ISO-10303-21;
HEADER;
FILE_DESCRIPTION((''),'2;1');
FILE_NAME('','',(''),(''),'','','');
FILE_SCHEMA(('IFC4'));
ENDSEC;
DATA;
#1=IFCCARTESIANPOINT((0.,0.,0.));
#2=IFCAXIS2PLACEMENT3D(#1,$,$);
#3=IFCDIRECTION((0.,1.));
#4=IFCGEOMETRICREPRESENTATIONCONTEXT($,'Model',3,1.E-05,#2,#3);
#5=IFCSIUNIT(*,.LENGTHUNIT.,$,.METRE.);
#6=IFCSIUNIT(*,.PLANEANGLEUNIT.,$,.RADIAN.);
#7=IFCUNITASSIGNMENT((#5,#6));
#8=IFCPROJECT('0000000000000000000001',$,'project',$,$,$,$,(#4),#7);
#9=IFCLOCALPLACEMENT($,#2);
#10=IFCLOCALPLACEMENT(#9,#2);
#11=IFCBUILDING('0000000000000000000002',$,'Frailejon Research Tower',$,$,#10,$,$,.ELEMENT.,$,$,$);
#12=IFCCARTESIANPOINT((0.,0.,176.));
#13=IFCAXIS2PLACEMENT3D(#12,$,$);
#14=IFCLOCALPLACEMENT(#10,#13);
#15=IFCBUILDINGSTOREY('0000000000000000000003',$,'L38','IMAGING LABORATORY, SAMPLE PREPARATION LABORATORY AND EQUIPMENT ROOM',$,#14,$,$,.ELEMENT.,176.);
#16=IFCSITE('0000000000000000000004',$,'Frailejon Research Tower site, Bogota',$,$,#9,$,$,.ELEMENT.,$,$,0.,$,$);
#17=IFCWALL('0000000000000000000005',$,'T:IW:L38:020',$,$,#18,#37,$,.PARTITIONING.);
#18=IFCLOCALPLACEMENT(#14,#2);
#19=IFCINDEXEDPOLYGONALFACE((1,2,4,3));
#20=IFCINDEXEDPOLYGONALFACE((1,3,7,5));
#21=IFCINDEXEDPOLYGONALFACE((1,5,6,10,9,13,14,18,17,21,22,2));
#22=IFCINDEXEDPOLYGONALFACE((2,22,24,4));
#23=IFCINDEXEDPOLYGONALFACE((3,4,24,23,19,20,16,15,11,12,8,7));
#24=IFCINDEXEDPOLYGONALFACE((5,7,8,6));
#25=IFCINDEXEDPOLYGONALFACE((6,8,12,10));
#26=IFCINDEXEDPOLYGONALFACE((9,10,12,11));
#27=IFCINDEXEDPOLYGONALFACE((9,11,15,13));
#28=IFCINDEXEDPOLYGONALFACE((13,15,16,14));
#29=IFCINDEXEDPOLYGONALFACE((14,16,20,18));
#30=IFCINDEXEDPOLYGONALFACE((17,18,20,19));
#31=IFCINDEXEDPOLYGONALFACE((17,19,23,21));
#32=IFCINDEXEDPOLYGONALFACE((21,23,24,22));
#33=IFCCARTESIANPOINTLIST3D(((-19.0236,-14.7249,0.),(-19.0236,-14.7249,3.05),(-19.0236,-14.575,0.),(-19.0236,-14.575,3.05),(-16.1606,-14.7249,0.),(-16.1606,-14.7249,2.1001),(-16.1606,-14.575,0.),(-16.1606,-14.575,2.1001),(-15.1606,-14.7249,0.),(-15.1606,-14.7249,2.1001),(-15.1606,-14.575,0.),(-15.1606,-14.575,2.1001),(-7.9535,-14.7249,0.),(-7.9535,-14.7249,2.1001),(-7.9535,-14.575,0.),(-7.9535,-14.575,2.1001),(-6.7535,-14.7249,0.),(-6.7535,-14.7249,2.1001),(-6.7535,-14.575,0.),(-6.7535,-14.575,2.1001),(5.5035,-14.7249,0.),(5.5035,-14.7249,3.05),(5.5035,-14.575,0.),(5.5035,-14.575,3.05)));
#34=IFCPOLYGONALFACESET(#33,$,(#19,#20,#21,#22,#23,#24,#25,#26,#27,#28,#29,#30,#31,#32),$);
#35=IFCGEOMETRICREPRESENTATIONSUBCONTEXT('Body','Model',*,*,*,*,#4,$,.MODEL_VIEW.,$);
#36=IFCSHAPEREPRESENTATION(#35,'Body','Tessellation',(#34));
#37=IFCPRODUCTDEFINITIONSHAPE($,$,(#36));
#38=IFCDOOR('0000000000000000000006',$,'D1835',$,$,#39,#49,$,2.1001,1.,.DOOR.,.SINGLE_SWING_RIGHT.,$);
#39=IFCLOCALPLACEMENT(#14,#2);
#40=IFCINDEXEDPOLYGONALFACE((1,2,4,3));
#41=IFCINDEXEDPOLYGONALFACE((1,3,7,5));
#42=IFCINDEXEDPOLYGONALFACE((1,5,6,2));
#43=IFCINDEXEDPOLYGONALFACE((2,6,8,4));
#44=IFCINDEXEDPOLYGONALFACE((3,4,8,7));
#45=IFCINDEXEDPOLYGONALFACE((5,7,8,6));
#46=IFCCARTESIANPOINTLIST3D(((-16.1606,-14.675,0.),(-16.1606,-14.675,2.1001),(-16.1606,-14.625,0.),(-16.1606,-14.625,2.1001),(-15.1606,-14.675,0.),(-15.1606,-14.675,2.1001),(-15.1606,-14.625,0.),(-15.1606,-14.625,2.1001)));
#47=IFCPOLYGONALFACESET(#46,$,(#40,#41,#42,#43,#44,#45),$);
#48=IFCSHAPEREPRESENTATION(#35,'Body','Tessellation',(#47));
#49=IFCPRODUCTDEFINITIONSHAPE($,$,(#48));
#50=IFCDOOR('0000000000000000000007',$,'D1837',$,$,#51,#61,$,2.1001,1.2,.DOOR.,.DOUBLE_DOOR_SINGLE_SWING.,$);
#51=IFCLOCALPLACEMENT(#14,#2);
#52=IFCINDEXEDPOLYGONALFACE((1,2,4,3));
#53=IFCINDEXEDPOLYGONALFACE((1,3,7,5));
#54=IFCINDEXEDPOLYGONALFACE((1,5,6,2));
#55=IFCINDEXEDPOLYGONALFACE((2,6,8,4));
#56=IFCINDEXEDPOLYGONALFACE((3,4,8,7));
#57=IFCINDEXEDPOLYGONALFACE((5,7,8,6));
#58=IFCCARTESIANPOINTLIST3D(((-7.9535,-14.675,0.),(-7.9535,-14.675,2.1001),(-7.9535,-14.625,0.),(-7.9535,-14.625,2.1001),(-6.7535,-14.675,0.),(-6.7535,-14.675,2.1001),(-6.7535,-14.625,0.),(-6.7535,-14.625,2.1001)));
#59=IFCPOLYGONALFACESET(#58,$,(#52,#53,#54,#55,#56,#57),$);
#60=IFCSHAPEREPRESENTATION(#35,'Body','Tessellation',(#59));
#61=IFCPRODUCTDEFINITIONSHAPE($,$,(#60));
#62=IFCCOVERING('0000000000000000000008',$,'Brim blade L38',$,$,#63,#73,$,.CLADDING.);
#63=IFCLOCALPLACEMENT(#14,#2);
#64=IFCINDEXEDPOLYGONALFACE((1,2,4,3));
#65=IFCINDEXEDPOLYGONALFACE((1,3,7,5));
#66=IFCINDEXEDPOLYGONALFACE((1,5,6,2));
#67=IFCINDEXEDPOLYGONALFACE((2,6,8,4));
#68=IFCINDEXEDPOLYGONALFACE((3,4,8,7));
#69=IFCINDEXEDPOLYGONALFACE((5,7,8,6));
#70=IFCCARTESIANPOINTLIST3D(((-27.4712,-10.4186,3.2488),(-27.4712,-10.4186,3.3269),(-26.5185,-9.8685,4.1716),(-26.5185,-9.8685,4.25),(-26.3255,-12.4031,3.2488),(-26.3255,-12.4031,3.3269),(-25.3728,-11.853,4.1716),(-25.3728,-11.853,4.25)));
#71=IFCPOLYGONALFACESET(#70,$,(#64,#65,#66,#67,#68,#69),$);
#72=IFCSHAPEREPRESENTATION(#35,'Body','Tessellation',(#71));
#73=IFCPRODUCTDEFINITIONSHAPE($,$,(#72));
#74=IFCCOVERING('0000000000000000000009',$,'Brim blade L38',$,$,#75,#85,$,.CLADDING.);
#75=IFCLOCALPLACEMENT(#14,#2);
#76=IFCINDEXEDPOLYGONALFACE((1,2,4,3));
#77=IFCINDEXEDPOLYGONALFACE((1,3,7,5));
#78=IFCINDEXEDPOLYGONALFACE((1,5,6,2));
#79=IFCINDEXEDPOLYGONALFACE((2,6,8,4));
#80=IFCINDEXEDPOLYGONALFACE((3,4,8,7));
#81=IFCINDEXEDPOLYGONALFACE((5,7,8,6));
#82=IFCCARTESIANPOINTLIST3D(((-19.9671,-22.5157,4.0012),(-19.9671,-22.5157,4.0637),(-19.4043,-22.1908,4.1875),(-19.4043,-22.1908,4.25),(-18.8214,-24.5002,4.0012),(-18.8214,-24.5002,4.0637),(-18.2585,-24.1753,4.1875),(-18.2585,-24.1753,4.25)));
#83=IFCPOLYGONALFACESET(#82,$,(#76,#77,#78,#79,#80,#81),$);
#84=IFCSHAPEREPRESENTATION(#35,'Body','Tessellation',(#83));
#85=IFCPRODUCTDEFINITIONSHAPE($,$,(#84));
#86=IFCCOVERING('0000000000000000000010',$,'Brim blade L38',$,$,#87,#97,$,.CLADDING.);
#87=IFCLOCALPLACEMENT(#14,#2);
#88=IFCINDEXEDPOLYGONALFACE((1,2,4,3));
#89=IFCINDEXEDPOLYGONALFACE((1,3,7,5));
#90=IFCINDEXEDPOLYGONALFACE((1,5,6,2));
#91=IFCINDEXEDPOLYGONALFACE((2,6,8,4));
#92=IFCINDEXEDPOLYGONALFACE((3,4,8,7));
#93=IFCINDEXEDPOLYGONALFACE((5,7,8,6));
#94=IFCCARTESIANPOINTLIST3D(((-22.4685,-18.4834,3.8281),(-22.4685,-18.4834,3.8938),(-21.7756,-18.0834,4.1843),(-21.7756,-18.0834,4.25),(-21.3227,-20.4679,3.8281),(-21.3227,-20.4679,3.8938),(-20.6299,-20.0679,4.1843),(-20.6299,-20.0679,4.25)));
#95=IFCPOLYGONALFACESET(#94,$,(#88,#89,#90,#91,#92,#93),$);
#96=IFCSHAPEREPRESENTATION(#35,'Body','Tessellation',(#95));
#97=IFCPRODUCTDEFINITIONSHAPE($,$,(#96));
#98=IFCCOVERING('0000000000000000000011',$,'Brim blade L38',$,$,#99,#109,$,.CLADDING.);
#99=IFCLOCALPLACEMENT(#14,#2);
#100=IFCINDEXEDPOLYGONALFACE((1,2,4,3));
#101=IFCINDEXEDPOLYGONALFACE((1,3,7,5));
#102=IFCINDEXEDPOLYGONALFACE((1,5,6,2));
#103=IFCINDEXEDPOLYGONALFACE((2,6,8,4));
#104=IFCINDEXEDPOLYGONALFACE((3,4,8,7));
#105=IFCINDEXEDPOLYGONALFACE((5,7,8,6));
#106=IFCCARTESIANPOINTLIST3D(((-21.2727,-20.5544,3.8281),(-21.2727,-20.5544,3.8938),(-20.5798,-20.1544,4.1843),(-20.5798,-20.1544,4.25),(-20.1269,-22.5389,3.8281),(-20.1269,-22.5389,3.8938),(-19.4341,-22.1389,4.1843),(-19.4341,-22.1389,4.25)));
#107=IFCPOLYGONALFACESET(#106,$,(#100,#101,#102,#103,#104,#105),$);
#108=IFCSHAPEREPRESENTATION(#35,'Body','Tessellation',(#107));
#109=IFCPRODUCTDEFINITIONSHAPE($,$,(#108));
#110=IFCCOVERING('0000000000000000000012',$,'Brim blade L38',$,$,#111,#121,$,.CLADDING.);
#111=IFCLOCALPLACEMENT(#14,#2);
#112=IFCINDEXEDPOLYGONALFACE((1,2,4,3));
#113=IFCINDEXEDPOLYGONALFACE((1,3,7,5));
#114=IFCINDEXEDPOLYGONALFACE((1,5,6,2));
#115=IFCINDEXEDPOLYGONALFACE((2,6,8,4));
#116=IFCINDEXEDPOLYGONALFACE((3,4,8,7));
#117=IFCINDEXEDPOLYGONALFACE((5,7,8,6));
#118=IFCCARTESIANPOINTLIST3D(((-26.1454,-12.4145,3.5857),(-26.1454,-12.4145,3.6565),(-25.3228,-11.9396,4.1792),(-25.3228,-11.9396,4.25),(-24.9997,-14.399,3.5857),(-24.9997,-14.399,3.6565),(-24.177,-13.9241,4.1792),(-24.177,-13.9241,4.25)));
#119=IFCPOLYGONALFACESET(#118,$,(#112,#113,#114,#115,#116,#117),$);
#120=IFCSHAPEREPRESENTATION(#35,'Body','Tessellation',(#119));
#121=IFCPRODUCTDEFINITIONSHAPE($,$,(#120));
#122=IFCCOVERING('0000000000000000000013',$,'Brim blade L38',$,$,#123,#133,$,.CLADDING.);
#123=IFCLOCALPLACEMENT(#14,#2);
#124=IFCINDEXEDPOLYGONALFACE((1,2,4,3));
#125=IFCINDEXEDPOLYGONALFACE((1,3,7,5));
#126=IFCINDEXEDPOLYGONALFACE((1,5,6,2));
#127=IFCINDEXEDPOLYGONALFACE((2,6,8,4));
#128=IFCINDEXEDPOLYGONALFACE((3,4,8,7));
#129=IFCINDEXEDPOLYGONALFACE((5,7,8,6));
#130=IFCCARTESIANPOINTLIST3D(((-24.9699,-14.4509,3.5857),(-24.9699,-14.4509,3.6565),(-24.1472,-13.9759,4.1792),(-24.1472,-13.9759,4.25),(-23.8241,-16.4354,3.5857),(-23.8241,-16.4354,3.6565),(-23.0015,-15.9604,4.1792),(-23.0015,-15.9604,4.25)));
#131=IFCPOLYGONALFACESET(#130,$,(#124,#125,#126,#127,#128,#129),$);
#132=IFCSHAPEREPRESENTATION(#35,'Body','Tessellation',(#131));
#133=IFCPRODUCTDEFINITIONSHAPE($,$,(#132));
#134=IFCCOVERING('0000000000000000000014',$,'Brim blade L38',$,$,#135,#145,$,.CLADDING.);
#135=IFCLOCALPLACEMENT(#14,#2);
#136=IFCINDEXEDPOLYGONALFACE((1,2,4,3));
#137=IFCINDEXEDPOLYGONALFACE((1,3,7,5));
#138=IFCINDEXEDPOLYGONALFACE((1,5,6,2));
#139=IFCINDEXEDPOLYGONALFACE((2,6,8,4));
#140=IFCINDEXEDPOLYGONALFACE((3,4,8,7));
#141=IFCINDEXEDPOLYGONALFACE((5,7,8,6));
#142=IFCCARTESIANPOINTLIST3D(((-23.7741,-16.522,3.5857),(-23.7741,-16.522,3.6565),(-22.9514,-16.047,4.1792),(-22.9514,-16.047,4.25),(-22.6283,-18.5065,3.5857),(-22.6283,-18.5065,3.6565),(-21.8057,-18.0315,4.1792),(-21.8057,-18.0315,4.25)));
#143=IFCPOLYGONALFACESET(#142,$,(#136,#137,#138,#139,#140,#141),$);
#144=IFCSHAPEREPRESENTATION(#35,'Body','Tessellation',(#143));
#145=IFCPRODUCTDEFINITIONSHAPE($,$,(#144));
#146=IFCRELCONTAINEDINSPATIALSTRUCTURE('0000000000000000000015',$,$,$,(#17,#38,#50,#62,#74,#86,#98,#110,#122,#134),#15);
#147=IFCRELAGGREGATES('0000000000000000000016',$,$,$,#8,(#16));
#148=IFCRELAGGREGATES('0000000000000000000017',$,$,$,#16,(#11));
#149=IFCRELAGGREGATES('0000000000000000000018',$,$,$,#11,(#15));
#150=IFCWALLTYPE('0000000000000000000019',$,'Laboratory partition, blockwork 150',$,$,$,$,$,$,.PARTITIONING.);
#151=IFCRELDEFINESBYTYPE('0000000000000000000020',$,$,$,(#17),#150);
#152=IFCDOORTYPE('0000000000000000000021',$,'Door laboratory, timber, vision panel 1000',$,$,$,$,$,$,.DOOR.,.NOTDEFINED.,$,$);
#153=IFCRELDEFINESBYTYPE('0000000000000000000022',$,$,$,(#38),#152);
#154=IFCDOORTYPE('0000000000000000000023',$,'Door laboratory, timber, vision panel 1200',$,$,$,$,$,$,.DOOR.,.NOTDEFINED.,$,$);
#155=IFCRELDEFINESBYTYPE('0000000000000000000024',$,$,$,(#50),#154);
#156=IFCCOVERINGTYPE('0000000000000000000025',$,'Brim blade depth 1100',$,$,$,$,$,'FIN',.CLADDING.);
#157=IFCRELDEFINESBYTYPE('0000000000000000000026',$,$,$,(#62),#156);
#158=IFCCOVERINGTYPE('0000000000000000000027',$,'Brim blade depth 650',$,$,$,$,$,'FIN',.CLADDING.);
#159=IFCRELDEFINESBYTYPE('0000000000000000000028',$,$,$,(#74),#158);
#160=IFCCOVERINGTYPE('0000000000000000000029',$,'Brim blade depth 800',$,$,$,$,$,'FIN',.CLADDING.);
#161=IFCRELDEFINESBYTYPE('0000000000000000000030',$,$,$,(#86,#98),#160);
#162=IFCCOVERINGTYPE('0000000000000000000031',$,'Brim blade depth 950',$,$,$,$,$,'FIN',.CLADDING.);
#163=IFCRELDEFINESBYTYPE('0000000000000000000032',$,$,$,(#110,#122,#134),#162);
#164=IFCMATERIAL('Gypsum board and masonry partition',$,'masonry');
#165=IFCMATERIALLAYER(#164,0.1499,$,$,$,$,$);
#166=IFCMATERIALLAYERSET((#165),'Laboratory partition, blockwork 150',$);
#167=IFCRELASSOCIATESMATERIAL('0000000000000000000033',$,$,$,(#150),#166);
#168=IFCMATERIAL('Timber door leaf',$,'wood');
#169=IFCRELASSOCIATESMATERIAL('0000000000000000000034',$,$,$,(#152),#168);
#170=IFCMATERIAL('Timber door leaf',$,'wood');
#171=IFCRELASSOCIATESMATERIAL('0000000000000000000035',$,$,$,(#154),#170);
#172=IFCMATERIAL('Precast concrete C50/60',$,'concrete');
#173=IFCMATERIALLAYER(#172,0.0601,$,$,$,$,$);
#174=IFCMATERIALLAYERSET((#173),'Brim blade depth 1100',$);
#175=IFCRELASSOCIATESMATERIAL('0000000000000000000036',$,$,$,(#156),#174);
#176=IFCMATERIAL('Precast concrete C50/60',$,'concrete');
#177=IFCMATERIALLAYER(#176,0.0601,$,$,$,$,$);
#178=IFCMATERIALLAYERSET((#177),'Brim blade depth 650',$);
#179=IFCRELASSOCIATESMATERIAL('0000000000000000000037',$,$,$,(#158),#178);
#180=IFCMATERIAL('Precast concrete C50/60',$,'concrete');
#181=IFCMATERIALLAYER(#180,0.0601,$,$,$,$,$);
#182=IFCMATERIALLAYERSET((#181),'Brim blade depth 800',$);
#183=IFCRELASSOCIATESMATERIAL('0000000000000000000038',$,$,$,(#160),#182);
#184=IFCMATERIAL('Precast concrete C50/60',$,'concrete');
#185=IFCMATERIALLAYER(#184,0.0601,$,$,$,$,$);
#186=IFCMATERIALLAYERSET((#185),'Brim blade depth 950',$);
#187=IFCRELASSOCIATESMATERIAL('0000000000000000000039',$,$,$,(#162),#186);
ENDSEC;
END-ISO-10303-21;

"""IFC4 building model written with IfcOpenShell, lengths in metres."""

from ifc_helpers import new_model, si_unit, direction, frame, frame_2d, origin, place, context, subcontext, project, spatial, polyline, rectangle, outline, extrude, material, layer, layer_set, type_object, element, fill, save


model = new_model("IFC4")

# Units and contexts
model_context = context("Model", 3, precision=1e-05, world=origin(), true_north=direction((0.0, 1.0)))
body_context = subcontext(model_context, "Body", "Model", "MODEL_VIEW")
ifc_project = project(units=[si_unit("LENGTHUNIT", "METRE"), si_unit("PLANEANGLEUNIT", "RADIAN")], contexts=[model_context])

# Site, building, storey
site_placement = place(None, origin())
site = spatial("IfcSite", under=ifc_project, at=site_placement, Name="Frailejon Research Tower site, Bogota", CompositionType="ELEMENT", RefElevation=0.0)
building_placement = place(site_placement, origin())
building = spatial("IfcBuilding", under=site, at=building_placement, Name="Frailejon Research Tower", CompositionType="ELEMENT")
storey_placement = place(building_placement, frame((0.0, 0.0, 176.0)))
storey = spatial("IfcBuildingStorey", under=building, at=storey_placement, Name="L38", Description="IMAGING LABORATORY, SAMPLE PREPARATION LABORATORY AND EQUIPMENT ROOM", CompositionType="ELEMENT", Elevation=176.0)

# Shared definitions
ifc_material_1 = material(Name="Gypsum board and masonry partition", Category="masonry")
ifc_layer_1 = layer(ifc_material_1, 0.1499)
ifc_layer_set_1 = layer_set([ifc_layer_1], Name="Laboratory partition, blockwork 150")
wall_type = type_object("IfcWallType", Name="Laboratory partition, blockwork 150", PredefinedType="PARTITIONING", material=ifc_layer_set_1)

# Wall, openings, doors
wall_1_placement = place(storey_placement, frame((-19.0237, -14.6499, 0.0), z_axis=(0.0, 0.0, 1.0), x_axis=(1.0, 0.0, 0.0)))
wall_1 = element("IfcWall", 1, at=wall_1_placement, inside=storey, type_object=wall_type, Name="T:IW:L38:020", PredefinedType="PARTITIONING", context=body_context, shape_type="SweptSolid", body=[
    extrude(rectangle(XDim=24.5271, YDim=0.1499, at=frame_2d((12.2637, 0.0))), origin(), (0.0, 0.0, 1.0), 3.05),
])
opening_1_placement = place(wall_1_placement, frame((2.863, 0.0, 0.0)))
opening_1 = element("IfcOpeningElement", 2, at=opening_1_placement, cuts=wall_1, PredefinedType="OPENING", context=body_context, shape_type="SweptSolid", body=[
    extrude(rectangle(XDim=1.0, YDim=2.1001, at=frame_2d((0.5, 1.05))), frame((0.0, 0.085, 0.0), z_axis=(0.0, -1.0, 0.0), x_axis=(1.0, 0.0, 0.0)), (0.0, 0.0, 1.0), 0.1699),
])
opening_2_placement = place(wall_1_placement, frame((11.0701, 0.0, 0.0)))
opening_2 = element("IfcOpeningElement", 3, at=opening_2_placement, cuts=wall_1, PredefinedType="OPENING", context=body_context, shape_type="SweptSolid", body=[
    extrude(rectangle(XDim=1.2, YDim=2.1001, at=frame_2d((0.6001, 1.05))), frame((0.0, 0.085, 0.0), z_axis=(0.0, -1.0, 0.0), x_axis=(1.0, 0.0, 0.0)), (0.0, 0.0, 1.0), 0.1699),
])
ifc_material_2 = material(Name="Timber door leaf", Category="wood")
door_type_1 = type_object("IfcDoorType", Name="Door laboratory, timber, vision panel 1000", OperationType="NOTDEFINED", PredefinedType="DOOR", material=ifc_material_2)
door_1_placement = place(opening_1_placement, origin())
door_1 = element("IfcDoor", 4, at=door_1_placement, inside=storey, type_object=door_type_1, Name="D1835", OperationType="SINGLE_SWING_RIGHT", OverallHeight=2.1001, OverallWidth=1.0, PredefinedType="DOOR", context=body_context, shape_type="SweptSolid", body=[
    extrude(rectangle(XDim=1.0, YDim=2.1001, at=frame_2d((0.5, 1.05))), frame((0.0, 0.0249, 0.0), z_axis=(0.0, -1.0, 0.0), x_axis=(1.0, 0.0, 0.0)), (0.0, 0.0, 1.0), 0.05),
])
fill(opening_1, door_1)
ifc_material_3 = material(Name="Timber door leaf", Category="wood")
door_type_2 = type_object("IfcDoorType", Name="Door laboratory, timber, vision panel 1200", OperationType="NOTDEFINED", PredefinedType="DOOR", material=ifc_material_3)
door_2_placement = place(opening_2_placement, origin())
door_2 = element("IfcDoor", 5, at=door_2_placement, inside=storey, type_object=door_type_2, Name="D1837", OperationType="DOUBLE_DOOR_SINGLE_SWING", OverallHeight=2.1001, OverallWidth=1.2, PredefinedType="DOOR", context=body_context, shape_type="SweptSolid", body=[
    extrude(rectangle(XDim=1.2, YDim=2.1001, at=frame_2d((0.6001, 1.05))), frame((0.0, 0.0249, 0.0), z_axis=(0.0, -1.0, 0.0), x_axis=(1.0, 0.0, 0.0)), (0.0, 0.0, 1.0), 0.05),
])
fill(opening_2, door_2)

# Coverings
ifc_material_4 = material(Name="Precast concrete C50/60", Category="concrete")
ifc_layer_2 = layer(ifc_material_4, 0.0601)
ifc_layer_set_2 = layer_set([ifc_layer_2], Name="Brim blade depth 1100")
covering_type_1 = type_object("IfcCoveringType", Name="Brim blade depth 1100", ElementType="FIN", PredefinedType="CLADDING", material=ifc_layer_set_2)
covering_1_placement = place(storey_placement, frame((-25.3728, -11.853, 4.25), z_axis=(-0.49999, 0.866031, 0.0), x_axis=(-0.866031, -0.49999, 0.0)))
element("IfcCovering", 6, at=covering_1_placement, inside=storey, type_object=covering_type_1, Name="Brim blade L38", PredefinedType="CLADDING", context=body_context, shape_type="SweptSolid", body=[
    extrude(outline(polyline([(0.0, -0.0784), (1.1001, -1.0012), (1.1001, -0.9231), (0.0, 0.0), (0.0, -0.0784)])), origin(), (0.0, 0.0, 1.0), 2.2915),
])
ifc_material_5 = material(Name="Precast concrete C50/60", Category="concrete")
ifc_layer_3 = layer(ifc_material_5, 0.0601)
ifc_layer_set_3 = layer_set([ifc_layer_3], Name="Brim blade depth 650")
covering_type_2 = type_object("IfcCoveringType", Name="Brim blade depth 650", ElementType="FIN", PredefinedType="CLADDING", material=ifc_layer_set_3)
covering_2_placement = place(storey_placement, frame((-18.2585, -24.1753, 4.25), z_axis=(-0.499999, 0.866026, 0.0), x_axis=(-0.866026, -0.499999, 0.0)))
element("IfcCovering", 7, at=covering_2_placement, inside=storey, type_object=covering_type_2, Name="Brim blade L38", PredefinedType="CLADDING", context=body_context, shape_type="SweptSolid", body=[
    extrude(outline(polyline([(0.0, -0.0625), (0.6499, -0.2488), (0.6499, -0.1863), (0.0, 0.0), (0.0, -0.0625)])), origin(), (0.0, 0.0, 1.0), 2.2915),
])
ifc_material_6 = material(Name="Precast concrete C50/60", Category="concrete")
ifc_layer_4 = layer(ifc_material_6, 0.0601)
ifc_layer_set_4 = layer_set([ifc_layer_4], Name="Brim blade depth 800")
covering_type_3 = type_object("IfcCoveringType", Name="Brim blade depth 800", ElementType="FIN", PredefinedType="CLADDING", material=ifc_layer_set_4)
for number, where, z_axis, x_axis, name in (
    (8, (-20.6299, -20.0679, 4.25), (-0.500005, 0.866022, 0.0), (-0.866022, -0.500005, 0.0), "Brim blade L38"),
    (9, (-19.4341, -22.1389, 4.25), (-0.499999, 0.866026, 0.0), (-0.866026, -0.499999, 0.0), "Brim blade L38"),
):
    element("IfcCovering", number, at=place(storey_placement, frame(where, z_axis=z_axis, x_axis=x_axis)), inside=storey, type_object=covering_type_3, Name=name, PredefinedType="CLADDING", context=body_context, shape_type="SweptSolid", body=[
        extrude(outline(polyline([(0.0, -0.0657), (0.8, -0.4219), (0.8, -0.3562), (0.0, 0.0), (0.0, -0.0657)])), origin(), (0.0, 0.0, 1.0), 2.2915),
    ])
ifc_material_7 = material(Name="Precast concrete C50/60", Category="concrete")
ifc_layer_5 = layer(ifc_material_7, 0.0601)
ifc_layer_set_5 = layer_set([ifc_layer_5], Name="Brim blade depth 950")
covering_type_4 = type_object("IfcCoveringType", Name="Brim blade depth 950", ElementType="FIN", PredefinedType="CLADDING", material=ifc_layer_set_5)
for number, where, z_axis, x_axis, name in (
    (10, (-24.177, -13.9241, 4.25), (-0.499999, 0.866026, 0.0), (-0.866026, -0.499999, 0.0), "Brim blade L38"),
    (11, (-23.0015, -15.9604, 4.25), (-0.499999, 0.866026, 0.0), (-0.866026, -0.499999, 0.0), "Brim blade L38"),
    (12, (-21.8057, -18.0315, 4.25), (-0.500005, 0.866022, 0.0), (-0.866022, -0.500005, 0.0), "Brim blade L38"),
):
    element("IfcCovering", number, at=place(storey_placement, frame(where, z_axis=z_axis, x_axis=x_axis)), inside=storey, type_object=covering_type_4, Name=name, PredefinedType="CLADDING", context=body_context, shape_type="SweptSolid", body=[
        extrude(outline(polyline([(0.0, -0.0708), (0.95, -0.6643), (0.95, -0.5935), (0.0, 0.0), (0.0, -0.0708)])), origin(), (0.0, 0.0, 1.0), 2.2915),
    ])

save(model, "model.ifc")
